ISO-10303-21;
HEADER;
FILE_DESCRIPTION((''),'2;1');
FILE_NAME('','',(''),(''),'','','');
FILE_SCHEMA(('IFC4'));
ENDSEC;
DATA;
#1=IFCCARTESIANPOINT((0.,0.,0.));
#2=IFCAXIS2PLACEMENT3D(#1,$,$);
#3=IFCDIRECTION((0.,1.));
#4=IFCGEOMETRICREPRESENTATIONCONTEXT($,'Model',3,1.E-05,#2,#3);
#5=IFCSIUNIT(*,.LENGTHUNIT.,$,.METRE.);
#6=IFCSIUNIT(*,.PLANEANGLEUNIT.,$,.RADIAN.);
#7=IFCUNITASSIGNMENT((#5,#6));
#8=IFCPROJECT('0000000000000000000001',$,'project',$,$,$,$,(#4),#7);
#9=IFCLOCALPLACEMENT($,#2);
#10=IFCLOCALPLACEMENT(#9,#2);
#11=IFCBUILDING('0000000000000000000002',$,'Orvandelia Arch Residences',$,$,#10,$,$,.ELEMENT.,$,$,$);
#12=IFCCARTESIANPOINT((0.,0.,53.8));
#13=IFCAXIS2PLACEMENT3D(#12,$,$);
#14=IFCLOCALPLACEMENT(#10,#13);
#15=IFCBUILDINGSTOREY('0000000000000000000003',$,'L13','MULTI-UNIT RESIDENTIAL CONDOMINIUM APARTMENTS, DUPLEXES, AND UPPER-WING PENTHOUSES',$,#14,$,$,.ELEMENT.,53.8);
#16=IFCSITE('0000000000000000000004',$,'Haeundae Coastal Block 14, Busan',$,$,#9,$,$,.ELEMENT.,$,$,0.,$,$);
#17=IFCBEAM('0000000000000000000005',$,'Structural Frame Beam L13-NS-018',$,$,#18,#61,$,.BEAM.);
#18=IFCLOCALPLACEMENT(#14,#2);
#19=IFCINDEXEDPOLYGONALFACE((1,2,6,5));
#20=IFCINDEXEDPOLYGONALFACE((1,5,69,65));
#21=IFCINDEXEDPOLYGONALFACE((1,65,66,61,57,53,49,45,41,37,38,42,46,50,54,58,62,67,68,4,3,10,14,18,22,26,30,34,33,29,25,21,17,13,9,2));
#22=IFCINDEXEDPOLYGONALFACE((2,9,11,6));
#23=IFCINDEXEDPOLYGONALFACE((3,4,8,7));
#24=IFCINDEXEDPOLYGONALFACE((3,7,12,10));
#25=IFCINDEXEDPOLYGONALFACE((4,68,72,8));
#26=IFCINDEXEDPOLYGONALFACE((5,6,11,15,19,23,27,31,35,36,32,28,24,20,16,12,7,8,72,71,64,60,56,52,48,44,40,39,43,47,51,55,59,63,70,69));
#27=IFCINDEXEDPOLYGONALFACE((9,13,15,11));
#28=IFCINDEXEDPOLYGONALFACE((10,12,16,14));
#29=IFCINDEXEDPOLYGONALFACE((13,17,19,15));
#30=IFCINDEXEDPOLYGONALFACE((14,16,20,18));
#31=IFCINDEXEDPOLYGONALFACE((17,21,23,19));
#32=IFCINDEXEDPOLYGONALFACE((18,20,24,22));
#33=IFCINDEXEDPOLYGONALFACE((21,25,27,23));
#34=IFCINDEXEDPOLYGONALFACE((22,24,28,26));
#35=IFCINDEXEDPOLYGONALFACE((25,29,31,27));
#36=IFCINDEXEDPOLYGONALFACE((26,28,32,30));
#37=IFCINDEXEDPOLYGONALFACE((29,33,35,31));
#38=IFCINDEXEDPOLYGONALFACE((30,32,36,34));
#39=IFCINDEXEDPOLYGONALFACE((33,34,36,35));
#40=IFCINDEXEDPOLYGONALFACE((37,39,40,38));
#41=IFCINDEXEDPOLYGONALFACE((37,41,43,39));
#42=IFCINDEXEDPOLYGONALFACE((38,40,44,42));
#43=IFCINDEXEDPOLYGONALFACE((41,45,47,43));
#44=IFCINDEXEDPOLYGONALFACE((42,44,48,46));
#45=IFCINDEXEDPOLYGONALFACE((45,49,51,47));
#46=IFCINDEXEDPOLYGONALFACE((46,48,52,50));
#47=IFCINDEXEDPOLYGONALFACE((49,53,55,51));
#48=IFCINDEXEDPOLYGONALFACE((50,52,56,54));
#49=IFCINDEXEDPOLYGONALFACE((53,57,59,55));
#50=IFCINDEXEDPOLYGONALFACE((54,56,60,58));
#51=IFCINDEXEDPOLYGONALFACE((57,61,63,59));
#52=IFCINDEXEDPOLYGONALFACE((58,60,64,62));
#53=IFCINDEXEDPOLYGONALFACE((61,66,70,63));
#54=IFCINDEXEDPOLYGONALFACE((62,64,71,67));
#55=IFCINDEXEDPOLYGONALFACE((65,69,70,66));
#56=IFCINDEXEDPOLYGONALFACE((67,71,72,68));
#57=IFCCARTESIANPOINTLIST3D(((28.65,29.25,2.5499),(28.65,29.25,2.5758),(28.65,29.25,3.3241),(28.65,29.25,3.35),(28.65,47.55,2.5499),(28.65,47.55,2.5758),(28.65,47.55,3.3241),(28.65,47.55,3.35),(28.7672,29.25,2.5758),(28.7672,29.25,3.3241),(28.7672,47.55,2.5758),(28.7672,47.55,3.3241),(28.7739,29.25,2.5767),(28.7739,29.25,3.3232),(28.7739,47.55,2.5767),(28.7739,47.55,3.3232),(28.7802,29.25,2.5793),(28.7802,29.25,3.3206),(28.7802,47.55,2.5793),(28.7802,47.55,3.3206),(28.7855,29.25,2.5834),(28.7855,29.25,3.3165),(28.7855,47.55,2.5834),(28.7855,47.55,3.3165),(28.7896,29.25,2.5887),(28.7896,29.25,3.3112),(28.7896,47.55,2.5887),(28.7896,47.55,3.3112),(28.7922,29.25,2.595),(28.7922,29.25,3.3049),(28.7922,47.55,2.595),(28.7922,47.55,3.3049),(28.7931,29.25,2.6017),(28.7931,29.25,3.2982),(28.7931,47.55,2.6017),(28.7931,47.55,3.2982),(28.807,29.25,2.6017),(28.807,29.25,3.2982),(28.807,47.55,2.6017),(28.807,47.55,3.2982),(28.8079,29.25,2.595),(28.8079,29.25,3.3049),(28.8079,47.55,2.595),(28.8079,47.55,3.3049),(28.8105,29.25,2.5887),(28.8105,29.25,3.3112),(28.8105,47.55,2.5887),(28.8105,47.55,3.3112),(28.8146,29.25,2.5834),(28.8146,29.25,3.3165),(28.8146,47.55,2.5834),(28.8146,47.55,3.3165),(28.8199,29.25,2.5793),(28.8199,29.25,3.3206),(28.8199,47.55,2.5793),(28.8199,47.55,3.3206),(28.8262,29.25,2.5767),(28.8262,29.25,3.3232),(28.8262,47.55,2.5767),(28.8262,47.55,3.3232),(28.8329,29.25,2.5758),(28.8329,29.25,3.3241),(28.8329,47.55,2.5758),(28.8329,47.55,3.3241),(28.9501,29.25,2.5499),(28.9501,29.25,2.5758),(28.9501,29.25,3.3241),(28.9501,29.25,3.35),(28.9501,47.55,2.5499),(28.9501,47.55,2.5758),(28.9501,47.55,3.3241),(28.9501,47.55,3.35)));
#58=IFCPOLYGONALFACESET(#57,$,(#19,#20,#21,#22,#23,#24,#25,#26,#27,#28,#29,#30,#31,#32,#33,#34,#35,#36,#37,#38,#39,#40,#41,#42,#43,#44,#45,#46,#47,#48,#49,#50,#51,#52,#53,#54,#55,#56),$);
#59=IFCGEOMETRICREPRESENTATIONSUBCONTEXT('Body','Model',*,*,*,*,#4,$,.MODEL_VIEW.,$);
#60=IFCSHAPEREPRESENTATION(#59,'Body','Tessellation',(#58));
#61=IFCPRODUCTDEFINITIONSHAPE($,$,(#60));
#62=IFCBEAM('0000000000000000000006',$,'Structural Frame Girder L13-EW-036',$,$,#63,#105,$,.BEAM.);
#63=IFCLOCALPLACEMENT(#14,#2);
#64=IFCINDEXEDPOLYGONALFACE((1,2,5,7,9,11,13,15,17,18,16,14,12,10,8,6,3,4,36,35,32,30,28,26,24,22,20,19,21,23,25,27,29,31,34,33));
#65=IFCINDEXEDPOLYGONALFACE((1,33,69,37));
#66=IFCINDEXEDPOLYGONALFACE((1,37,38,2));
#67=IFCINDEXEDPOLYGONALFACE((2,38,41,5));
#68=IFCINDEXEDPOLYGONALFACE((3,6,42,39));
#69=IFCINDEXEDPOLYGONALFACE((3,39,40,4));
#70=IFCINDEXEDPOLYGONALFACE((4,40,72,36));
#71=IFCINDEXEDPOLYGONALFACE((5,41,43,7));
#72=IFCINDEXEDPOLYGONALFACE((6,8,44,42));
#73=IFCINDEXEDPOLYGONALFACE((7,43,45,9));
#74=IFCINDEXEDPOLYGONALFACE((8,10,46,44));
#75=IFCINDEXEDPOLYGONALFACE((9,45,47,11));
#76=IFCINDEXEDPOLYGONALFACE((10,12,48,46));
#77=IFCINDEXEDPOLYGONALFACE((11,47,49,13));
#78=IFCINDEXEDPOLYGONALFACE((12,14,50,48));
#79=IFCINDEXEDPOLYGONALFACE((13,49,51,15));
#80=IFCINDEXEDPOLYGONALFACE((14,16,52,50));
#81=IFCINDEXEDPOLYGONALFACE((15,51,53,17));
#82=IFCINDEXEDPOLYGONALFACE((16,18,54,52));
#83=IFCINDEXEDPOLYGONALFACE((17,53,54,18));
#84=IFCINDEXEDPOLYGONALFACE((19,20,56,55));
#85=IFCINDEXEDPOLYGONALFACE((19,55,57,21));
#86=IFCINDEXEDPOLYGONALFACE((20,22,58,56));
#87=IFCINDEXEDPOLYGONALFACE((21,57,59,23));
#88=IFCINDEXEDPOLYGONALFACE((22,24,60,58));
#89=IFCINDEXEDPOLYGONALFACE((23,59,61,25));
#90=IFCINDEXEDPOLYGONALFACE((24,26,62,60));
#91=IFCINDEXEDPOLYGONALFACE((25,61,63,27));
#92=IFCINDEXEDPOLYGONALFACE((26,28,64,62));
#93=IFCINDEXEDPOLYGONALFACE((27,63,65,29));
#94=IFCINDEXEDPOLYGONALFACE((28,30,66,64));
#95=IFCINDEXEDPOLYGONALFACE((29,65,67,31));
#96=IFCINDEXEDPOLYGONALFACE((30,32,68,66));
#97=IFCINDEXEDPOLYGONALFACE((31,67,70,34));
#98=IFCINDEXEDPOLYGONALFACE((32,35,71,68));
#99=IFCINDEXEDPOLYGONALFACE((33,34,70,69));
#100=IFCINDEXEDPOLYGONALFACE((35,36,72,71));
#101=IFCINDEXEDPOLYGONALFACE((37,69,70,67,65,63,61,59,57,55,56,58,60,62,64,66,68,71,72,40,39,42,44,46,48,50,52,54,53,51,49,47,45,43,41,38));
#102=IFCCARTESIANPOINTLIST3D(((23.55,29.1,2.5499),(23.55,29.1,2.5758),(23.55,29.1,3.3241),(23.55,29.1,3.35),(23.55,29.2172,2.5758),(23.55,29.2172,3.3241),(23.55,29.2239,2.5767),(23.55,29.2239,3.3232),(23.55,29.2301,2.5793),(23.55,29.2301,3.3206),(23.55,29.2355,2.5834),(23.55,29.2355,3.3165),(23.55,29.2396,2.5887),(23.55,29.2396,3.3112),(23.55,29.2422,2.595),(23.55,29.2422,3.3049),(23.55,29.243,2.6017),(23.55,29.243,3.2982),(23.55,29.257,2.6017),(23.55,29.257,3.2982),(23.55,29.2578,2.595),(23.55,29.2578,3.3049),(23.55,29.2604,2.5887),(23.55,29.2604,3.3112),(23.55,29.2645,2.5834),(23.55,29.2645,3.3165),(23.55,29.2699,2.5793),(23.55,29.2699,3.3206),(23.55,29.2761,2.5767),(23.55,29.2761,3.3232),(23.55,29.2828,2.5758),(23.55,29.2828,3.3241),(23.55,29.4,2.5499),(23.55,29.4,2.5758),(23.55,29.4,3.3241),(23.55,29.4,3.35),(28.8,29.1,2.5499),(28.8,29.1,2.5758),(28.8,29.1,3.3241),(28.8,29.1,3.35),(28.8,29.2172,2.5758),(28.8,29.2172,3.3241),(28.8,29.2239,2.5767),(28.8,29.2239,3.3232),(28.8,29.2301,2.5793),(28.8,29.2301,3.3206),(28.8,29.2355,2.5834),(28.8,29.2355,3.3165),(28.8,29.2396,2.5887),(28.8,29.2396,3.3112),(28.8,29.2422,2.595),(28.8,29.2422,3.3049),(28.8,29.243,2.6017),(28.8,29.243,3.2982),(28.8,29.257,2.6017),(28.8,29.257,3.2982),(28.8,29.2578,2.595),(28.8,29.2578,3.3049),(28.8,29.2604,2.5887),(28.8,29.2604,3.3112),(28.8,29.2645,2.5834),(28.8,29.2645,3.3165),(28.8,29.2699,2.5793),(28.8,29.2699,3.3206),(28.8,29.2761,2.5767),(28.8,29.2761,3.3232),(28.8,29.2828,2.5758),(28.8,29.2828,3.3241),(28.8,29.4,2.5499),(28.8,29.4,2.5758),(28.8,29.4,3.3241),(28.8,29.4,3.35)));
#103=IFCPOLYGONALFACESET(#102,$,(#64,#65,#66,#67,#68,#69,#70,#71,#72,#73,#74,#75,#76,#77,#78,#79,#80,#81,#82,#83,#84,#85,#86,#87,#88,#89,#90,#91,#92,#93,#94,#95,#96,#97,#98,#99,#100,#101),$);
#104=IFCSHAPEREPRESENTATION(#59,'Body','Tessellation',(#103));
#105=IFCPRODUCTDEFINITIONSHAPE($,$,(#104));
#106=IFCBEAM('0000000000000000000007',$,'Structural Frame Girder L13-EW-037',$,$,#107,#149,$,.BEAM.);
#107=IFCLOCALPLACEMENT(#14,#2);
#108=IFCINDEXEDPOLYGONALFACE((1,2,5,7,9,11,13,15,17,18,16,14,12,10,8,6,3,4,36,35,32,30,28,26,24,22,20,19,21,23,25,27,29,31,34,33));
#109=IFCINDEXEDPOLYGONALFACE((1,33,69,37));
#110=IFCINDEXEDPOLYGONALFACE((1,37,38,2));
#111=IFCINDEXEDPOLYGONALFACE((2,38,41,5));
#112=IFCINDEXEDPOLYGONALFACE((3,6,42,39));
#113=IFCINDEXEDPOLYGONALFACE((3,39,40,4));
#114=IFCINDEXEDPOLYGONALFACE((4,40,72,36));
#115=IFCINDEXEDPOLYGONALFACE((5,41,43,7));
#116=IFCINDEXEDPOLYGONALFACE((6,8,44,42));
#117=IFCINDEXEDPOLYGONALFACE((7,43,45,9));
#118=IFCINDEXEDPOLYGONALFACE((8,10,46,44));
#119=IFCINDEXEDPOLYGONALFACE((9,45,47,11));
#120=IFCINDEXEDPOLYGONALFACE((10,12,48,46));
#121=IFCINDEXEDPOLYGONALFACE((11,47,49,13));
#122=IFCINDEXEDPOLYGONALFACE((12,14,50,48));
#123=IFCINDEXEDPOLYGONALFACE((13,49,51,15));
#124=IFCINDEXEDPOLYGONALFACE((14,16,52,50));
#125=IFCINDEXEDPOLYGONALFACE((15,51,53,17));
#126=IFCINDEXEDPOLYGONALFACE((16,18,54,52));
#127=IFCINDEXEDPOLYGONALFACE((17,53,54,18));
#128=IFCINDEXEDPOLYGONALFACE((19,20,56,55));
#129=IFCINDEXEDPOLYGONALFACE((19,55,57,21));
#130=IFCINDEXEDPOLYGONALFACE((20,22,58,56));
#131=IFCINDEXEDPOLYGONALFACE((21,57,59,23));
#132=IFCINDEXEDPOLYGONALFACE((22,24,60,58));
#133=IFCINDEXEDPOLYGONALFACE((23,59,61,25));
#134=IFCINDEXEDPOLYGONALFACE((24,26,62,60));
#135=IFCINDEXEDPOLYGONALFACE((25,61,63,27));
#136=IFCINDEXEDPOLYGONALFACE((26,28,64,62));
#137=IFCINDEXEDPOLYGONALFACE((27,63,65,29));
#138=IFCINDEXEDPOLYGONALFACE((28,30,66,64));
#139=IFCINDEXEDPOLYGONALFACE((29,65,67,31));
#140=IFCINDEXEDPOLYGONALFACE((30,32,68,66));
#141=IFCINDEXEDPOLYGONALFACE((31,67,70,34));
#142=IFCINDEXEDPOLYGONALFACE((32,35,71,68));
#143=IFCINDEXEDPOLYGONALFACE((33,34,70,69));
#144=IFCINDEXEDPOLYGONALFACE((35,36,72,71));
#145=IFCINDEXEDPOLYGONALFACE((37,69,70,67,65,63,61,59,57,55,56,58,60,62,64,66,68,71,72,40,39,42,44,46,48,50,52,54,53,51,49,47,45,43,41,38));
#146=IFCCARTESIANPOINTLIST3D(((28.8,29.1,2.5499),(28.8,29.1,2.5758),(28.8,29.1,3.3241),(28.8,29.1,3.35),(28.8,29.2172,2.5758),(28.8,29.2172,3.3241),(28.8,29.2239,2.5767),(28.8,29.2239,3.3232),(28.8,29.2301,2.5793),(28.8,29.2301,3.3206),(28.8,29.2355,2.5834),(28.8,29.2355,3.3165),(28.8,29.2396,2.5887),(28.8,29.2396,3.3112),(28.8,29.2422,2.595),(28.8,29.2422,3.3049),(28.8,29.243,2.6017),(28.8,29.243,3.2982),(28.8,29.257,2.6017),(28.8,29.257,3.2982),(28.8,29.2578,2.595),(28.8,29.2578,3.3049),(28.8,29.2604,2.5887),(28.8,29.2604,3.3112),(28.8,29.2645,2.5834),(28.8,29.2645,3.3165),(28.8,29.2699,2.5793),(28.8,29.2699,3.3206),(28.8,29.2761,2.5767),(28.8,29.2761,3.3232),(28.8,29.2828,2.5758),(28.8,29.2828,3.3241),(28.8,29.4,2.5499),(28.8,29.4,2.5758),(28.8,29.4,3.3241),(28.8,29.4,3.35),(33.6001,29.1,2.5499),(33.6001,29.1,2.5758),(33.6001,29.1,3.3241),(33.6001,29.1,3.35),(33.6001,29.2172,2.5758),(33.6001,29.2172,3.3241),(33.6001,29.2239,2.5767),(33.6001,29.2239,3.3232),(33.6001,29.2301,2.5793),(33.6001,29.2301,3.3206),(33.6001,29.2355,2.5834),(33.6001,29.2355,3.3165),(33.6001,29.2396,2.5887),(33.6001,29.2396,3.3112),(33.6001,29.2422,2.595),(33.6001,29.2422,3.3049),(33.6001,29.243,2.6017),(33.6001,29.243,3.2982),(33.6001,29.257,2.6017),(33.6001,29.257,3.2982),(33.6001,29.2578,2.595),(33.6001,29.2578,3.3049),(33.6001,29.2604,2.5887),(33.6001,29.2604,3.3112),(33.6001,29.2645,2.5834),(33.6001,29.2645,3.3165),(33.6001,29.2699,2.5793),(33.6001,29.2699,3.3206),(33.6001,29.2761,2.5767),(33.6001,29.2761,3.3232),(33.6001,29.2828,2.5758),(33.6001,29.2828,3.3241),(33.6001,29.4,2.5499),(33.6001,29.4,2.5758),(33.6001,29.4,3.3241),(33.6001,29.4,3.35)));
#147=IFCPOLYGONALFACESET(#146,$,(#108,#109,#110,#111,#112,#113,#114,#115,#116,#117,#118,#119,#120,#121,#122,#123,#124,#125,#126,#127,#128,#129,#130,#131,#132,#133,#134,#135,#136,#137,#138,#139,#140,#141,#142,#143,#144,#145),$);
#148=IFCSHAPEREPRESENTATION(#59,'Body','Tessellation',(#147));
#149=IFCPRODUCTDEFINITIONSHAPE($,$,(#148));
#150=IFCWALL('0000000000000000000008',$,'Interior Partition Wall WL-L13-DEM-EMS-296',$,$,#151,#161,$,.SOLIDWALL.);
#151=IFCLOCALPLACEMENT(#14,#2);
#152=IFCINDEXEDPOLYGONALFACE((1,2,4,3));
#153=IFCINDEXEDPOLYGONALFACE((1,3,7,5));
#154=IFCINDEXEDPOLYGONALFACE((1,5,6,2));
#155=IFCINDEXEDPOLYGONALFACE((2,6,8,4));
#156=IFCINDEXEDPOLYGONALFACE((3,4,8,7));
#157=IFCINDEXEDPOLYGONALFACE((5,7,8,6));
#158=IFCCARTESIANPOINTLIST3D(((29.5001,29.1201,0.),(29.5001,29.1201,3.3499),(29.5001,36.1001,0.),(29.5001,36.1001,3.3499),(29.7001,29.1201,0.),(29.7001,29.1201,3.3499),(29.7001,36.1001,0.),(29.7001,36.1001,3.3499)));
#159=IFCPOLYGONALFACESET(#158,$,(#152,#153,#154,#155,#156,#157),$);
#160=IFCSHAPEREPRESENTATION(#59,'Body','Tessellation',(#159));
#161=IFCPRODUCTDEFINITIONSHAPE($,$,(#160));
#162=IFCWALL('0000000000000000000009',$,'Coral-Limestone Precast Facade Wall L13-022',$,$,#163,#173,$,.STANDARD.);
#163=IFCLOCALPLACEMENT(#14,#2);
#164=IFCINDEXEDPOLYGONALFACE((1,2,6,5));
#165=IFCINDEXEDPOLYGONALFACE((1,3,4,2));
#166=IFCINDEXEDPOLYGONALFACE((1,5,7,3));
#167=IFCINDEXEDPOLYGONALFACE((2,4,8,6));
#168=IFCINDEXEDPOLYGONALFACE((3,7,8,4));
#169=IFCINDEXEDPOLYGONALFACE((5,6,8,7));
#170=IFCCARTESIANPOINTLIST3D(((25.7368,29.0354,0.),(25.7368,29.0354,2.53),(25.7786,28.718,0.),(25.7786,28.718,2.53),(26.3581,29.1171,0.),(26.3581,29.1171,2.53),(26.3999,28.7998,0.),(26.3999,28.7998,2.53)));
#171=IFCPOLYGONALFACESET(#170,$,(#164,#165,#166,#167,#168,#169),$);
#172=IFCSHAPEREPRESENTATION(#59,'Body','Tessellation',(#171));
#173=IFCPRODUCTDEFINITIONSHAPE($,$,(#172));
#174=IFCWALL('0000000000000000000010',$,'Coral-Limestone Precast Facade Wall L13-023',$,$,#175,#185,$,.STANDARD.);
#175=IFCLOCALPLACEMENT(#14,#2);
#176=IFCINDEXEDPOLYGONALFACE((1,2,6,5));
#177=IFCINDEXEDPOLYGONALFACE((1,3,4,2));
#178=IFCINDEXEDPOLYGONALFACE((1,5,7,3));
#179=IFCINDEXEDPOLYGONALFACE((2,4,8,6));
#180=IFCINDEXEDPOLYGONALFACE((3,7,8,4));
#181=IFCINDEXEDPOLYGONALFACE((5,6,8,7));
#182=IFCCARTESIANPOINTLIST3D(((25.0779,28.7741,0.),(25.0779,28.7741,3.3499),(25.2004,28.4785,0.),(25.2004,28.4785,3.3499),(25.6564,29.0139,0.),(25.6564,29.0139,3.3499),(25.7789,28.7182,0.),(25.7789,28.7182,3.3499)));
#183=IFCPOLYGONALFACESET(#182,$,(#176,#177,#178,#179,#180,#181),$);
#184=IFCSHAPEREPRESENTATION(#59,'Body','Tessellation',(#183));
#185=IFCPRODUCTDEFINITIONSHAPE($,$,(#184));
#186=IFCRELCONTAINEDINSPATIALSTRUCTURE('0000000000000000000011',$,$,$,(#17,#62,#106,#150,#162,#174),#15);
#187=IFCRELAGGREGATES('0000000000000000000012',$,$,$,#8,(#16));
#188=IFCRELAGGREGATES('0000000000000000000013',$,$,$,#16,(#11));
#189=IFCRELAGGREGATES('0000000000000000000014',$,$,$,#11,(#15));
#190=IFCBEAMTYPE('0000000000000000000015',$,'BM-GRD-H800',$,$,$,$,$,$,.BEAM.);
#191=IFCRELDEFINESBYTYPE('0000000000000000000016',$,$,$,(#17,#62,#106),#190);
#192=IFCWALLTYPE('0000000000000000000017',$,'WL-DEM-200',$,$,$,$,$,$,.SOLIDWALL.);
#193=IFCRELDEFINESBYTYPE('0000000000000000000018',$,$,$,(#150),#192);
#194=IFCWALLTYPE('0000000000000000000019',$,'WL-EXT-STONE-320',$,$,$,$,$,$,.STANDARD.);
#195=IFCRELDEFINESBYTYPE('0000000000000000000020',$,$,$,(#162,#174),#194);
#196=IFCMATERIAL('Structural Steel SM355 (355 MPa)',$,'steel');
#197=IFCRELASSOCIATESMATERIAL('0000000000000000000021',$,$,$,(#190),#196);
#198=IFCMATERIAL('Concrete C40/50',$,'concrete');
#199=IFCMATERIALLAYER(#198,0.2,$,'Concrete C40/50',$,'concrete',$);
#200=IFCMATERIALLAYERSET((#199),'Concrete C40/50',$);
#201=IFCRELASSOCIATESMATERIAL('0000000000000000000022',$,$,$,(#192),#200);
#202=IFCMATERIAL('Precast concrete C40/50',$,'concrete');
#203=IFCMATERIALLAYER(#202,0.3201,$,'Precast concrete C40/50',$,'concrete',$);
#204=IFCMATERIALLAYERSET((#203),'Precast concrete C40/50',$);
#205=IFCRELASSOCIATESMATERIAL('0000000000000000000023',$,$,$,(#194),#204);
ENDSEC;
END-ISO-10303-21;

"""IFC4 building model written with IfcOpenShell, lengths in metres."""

from ifc_helpers import new_model, si_unit, direction, frame, frame_2d, origin, origin_2d, place, context, subcontext, project, spatial, rectangle, i_section, extrude, material, layer, layer_set, material_profile, profile_set, type_object, element, save


model = new_model("IFC4")

# Units and contexts
model_context = context("Model", 3, precision=1e-05, world=origin(), true_north=direction((0.0, 1.0)))
body_context = subcontext(model_context, "Body", "Model", "MODEL_VIEW")
ifc_project = project(units=[si_unit("LENGTHUNIT", "METRE"), si_unit("PLANEANGLEUNIT", "RADIAN")], contexts=[model_context])

# Site, building, storey
site_placement = place(None, origin())
site = spatial("IfcSite", under=ifc_project, at=site_placement, Name="Haeundae Coastal Block 14, Busan", CompositionType="ELEMENT", RefElevation=0.0)
building_placement = place(site_placement, origin())
building = spatial("IfcBuilding", under=site, at=building_placement, Name="Orvandelia Arch Residences", CompositionType="ELEMENT")
storey_placement = place(building_placement, frame((0.0, 0.0, 53.8)))
storey = spatial("IfcBuildingStorey", under=building, at=storey_placement, Name="L13", Description="MULTI-UNIT RESIDENTIAL CONDOMINIUM APARTMENTS, DUPLEXES, AND UPPER-WING PENTHOUSES", CompositionType="ELEMENT", Elevation=53.8)

# Beams
ifc_material_1 = material(Name="Structural Steel SM355 (355 MPa)", Category="steel")
ifc_material_profile_1 = material_profile(ifc_material_1, i_section(OverallWidth=0.3, OverallDepth=0.8, WebThickness=0.0139, FlangeThickness=0.0259, FilletRadius=0.0259, at=origin_2d()), Name="Structural Steel SM355 (355 MPa)", Category="steel")
ifc_profile_set_1 = profile_set([ifc_material_profile_1], Name="Structural Steel SM355 (355 MPa)")
beam_type = type_object("IfcBeamType", Name="BM-GRD-H800", PredefinedType="BEAM", material=ifc_profile_set_1)
beam_1_placement = place(storey_placement, frame((28.8, 29.25, 2.95), z_axis=(0.0, 1.0, 0.0), x_axis=(-1.0, 0.0, 0.0)))
element("IfcBeam", 1, at=beam_1_placement, inside=storey, type_object=beam_type, Name="Structural Frame Beam L13-NS-018", PredefinedType="BEAM", context=body_context, shape_type="SweptSolid", body=[
    extrude(i_section(OverallWidth=0.3, OverallDepth=0.8, WebThickness=0.0139, FlangeThickness=0.0259, FilletRadius=0.0259, at=origin_2d()), origin(), (0.0, 0.0, 1.0), 18.3),
])
beam_2_placement = place(storey_placement, frame((23.55, 29.25, 2.95), z_axis=(1.0, 0.0, 0.0), x_axis=(0.0, 1.0, 0.0)))
element("IfcBeam", 2, at=beam_2_placement, inside=storey, type_object=beam_type, Name="Structural Frame Girder L13-EW-036", PredefinedType="BEAM", context=body_context, shape_type="SweptSolid", body=[
    extrude(i_section(OverallWidth=0.3, OverallDepth=0.8, WebThickness=0.0139, FlangeThickness=0.0259, FilletRadius=0.0259, at=origin_2d()), origin(), (0.0, 0.0, 1.0), 5.25),
])
beam_3_placement = place(storey_placement, frame((28.8, 29.25, 2.95), z_axis=(1.0, 0.0, 0.0), x_axis=(0.0, 1.0, 0.0)))
element("IfcBeam", 3, at=beam_3_placement, inside=storey, type_object=beam_type, Name="Structural Frame Girder L13-EW-037", PredefinedType="BEAM", context=body_context, shape_type="SweptSolid", body=[
    extrude(i_section(OverallWidth=0.3, OverallDepth=0.8, WebThickness=0.0139, FlangeThickness=0.0259, FilletRadius=0.0259, at=origin_2d()), origin(), (0.0, 0.0, 1.0), 4.8),
])

# Walls
ifc_material_2 = material(Name="Concrete C40/50", Category="concrete")
ifc_layer_1 = layer(ifc_material_2, 0.2, Name="Concrete C40/50", Category="concrete")
ifc_layer_set_1 = layer_set([ifc_layer_1], Name="Concrete C40/50")
wall_type_1 = type_object("IfcWallType", Name="WL-DEM-200", PredefinedType="SOLIDWALL", material=ifc_layer_set_1)
wall_1_placement = place(storey_placement, frame((29.6001, 29.1201, 0.0), z_axis=(0.0, 0.0, 1.0), x_axis=(0.0, 1.0, 0.0)))
element("IfcWall", 4, at=wall_1_placement, inside=storey, type_object=wall_type_1, Name="Interior Partition Wall WL-L13-DEM-EMS-296", PredefinedType="SOLIDWALL", context=body_context, shape_type="SweptSolid", body=[
    extrude(rectangle(XDim=6.98, YDim=0.2, at=frame_2d((3.49, 0.0))), origin(), (0.0, 0.0, 1.0), 3.3499),
])
ifc_material_3 = material(Name="Precast concrete C40/50", Category="concrete")
ifc_layer_2 = layer(ifc_material_3, 0.3201, Name="Precast concrete C40/50", Category="concrete")
ifc_layer_set_2 = layer_set([ifc_layer_2], Name="Precast concrete C40/50")
wall_type_2 = type_object("IfcWallType", Name="WL-EXT-STONE-320", PredefinedType="STANDARD", material=ifc_layer_set_2)
wall_2_placement = place(storey_placement, frame((26.3792, 28.9585, 0.0), z_axis=(0.0, 0.0, 1.0), x_axis=(-0.991448, -0.130505, 0.0)))
element("IfcWall", 5, at=wall_2_placement, inside=storey, type_object=wall_type_2, Name="Coral-Limestone Precast Facade Wall L13-022", PredefinedType="STANDARD", context=body_context, shape_type="SweptSolid", body=[
    extrude(rectangle(XDim=0.6267, YDim=0.3201, at=frame_2d((0.3135, 0.0))), origin(), (0.0, 0.0, 1.0), 2.53),
])
wall_3_placement = place(storey_placement, frame((25.7175, 28.866, 0.0), z_axis=(0.0, 0.0, 1.0), x_axis=(-0.923836, -0.382788, 0.0)))
element("IfcWall", 6, at=wall_3_placement, inside=storey, type_object=wall_type_2, Name="Coral-Limestone Precast Facade Wall L13-023", PredefinedType="STANDARD", context=body_context, shape_type="SweptSolid", body=[
    extrude(rectangle(XDim=0.6262, YDim=0.3201, at=frame_2d((0.313, 0.0))), origin(), (0.0, 0.0, 1.0), 3.3499),
])

save(model, "model.ifc")
